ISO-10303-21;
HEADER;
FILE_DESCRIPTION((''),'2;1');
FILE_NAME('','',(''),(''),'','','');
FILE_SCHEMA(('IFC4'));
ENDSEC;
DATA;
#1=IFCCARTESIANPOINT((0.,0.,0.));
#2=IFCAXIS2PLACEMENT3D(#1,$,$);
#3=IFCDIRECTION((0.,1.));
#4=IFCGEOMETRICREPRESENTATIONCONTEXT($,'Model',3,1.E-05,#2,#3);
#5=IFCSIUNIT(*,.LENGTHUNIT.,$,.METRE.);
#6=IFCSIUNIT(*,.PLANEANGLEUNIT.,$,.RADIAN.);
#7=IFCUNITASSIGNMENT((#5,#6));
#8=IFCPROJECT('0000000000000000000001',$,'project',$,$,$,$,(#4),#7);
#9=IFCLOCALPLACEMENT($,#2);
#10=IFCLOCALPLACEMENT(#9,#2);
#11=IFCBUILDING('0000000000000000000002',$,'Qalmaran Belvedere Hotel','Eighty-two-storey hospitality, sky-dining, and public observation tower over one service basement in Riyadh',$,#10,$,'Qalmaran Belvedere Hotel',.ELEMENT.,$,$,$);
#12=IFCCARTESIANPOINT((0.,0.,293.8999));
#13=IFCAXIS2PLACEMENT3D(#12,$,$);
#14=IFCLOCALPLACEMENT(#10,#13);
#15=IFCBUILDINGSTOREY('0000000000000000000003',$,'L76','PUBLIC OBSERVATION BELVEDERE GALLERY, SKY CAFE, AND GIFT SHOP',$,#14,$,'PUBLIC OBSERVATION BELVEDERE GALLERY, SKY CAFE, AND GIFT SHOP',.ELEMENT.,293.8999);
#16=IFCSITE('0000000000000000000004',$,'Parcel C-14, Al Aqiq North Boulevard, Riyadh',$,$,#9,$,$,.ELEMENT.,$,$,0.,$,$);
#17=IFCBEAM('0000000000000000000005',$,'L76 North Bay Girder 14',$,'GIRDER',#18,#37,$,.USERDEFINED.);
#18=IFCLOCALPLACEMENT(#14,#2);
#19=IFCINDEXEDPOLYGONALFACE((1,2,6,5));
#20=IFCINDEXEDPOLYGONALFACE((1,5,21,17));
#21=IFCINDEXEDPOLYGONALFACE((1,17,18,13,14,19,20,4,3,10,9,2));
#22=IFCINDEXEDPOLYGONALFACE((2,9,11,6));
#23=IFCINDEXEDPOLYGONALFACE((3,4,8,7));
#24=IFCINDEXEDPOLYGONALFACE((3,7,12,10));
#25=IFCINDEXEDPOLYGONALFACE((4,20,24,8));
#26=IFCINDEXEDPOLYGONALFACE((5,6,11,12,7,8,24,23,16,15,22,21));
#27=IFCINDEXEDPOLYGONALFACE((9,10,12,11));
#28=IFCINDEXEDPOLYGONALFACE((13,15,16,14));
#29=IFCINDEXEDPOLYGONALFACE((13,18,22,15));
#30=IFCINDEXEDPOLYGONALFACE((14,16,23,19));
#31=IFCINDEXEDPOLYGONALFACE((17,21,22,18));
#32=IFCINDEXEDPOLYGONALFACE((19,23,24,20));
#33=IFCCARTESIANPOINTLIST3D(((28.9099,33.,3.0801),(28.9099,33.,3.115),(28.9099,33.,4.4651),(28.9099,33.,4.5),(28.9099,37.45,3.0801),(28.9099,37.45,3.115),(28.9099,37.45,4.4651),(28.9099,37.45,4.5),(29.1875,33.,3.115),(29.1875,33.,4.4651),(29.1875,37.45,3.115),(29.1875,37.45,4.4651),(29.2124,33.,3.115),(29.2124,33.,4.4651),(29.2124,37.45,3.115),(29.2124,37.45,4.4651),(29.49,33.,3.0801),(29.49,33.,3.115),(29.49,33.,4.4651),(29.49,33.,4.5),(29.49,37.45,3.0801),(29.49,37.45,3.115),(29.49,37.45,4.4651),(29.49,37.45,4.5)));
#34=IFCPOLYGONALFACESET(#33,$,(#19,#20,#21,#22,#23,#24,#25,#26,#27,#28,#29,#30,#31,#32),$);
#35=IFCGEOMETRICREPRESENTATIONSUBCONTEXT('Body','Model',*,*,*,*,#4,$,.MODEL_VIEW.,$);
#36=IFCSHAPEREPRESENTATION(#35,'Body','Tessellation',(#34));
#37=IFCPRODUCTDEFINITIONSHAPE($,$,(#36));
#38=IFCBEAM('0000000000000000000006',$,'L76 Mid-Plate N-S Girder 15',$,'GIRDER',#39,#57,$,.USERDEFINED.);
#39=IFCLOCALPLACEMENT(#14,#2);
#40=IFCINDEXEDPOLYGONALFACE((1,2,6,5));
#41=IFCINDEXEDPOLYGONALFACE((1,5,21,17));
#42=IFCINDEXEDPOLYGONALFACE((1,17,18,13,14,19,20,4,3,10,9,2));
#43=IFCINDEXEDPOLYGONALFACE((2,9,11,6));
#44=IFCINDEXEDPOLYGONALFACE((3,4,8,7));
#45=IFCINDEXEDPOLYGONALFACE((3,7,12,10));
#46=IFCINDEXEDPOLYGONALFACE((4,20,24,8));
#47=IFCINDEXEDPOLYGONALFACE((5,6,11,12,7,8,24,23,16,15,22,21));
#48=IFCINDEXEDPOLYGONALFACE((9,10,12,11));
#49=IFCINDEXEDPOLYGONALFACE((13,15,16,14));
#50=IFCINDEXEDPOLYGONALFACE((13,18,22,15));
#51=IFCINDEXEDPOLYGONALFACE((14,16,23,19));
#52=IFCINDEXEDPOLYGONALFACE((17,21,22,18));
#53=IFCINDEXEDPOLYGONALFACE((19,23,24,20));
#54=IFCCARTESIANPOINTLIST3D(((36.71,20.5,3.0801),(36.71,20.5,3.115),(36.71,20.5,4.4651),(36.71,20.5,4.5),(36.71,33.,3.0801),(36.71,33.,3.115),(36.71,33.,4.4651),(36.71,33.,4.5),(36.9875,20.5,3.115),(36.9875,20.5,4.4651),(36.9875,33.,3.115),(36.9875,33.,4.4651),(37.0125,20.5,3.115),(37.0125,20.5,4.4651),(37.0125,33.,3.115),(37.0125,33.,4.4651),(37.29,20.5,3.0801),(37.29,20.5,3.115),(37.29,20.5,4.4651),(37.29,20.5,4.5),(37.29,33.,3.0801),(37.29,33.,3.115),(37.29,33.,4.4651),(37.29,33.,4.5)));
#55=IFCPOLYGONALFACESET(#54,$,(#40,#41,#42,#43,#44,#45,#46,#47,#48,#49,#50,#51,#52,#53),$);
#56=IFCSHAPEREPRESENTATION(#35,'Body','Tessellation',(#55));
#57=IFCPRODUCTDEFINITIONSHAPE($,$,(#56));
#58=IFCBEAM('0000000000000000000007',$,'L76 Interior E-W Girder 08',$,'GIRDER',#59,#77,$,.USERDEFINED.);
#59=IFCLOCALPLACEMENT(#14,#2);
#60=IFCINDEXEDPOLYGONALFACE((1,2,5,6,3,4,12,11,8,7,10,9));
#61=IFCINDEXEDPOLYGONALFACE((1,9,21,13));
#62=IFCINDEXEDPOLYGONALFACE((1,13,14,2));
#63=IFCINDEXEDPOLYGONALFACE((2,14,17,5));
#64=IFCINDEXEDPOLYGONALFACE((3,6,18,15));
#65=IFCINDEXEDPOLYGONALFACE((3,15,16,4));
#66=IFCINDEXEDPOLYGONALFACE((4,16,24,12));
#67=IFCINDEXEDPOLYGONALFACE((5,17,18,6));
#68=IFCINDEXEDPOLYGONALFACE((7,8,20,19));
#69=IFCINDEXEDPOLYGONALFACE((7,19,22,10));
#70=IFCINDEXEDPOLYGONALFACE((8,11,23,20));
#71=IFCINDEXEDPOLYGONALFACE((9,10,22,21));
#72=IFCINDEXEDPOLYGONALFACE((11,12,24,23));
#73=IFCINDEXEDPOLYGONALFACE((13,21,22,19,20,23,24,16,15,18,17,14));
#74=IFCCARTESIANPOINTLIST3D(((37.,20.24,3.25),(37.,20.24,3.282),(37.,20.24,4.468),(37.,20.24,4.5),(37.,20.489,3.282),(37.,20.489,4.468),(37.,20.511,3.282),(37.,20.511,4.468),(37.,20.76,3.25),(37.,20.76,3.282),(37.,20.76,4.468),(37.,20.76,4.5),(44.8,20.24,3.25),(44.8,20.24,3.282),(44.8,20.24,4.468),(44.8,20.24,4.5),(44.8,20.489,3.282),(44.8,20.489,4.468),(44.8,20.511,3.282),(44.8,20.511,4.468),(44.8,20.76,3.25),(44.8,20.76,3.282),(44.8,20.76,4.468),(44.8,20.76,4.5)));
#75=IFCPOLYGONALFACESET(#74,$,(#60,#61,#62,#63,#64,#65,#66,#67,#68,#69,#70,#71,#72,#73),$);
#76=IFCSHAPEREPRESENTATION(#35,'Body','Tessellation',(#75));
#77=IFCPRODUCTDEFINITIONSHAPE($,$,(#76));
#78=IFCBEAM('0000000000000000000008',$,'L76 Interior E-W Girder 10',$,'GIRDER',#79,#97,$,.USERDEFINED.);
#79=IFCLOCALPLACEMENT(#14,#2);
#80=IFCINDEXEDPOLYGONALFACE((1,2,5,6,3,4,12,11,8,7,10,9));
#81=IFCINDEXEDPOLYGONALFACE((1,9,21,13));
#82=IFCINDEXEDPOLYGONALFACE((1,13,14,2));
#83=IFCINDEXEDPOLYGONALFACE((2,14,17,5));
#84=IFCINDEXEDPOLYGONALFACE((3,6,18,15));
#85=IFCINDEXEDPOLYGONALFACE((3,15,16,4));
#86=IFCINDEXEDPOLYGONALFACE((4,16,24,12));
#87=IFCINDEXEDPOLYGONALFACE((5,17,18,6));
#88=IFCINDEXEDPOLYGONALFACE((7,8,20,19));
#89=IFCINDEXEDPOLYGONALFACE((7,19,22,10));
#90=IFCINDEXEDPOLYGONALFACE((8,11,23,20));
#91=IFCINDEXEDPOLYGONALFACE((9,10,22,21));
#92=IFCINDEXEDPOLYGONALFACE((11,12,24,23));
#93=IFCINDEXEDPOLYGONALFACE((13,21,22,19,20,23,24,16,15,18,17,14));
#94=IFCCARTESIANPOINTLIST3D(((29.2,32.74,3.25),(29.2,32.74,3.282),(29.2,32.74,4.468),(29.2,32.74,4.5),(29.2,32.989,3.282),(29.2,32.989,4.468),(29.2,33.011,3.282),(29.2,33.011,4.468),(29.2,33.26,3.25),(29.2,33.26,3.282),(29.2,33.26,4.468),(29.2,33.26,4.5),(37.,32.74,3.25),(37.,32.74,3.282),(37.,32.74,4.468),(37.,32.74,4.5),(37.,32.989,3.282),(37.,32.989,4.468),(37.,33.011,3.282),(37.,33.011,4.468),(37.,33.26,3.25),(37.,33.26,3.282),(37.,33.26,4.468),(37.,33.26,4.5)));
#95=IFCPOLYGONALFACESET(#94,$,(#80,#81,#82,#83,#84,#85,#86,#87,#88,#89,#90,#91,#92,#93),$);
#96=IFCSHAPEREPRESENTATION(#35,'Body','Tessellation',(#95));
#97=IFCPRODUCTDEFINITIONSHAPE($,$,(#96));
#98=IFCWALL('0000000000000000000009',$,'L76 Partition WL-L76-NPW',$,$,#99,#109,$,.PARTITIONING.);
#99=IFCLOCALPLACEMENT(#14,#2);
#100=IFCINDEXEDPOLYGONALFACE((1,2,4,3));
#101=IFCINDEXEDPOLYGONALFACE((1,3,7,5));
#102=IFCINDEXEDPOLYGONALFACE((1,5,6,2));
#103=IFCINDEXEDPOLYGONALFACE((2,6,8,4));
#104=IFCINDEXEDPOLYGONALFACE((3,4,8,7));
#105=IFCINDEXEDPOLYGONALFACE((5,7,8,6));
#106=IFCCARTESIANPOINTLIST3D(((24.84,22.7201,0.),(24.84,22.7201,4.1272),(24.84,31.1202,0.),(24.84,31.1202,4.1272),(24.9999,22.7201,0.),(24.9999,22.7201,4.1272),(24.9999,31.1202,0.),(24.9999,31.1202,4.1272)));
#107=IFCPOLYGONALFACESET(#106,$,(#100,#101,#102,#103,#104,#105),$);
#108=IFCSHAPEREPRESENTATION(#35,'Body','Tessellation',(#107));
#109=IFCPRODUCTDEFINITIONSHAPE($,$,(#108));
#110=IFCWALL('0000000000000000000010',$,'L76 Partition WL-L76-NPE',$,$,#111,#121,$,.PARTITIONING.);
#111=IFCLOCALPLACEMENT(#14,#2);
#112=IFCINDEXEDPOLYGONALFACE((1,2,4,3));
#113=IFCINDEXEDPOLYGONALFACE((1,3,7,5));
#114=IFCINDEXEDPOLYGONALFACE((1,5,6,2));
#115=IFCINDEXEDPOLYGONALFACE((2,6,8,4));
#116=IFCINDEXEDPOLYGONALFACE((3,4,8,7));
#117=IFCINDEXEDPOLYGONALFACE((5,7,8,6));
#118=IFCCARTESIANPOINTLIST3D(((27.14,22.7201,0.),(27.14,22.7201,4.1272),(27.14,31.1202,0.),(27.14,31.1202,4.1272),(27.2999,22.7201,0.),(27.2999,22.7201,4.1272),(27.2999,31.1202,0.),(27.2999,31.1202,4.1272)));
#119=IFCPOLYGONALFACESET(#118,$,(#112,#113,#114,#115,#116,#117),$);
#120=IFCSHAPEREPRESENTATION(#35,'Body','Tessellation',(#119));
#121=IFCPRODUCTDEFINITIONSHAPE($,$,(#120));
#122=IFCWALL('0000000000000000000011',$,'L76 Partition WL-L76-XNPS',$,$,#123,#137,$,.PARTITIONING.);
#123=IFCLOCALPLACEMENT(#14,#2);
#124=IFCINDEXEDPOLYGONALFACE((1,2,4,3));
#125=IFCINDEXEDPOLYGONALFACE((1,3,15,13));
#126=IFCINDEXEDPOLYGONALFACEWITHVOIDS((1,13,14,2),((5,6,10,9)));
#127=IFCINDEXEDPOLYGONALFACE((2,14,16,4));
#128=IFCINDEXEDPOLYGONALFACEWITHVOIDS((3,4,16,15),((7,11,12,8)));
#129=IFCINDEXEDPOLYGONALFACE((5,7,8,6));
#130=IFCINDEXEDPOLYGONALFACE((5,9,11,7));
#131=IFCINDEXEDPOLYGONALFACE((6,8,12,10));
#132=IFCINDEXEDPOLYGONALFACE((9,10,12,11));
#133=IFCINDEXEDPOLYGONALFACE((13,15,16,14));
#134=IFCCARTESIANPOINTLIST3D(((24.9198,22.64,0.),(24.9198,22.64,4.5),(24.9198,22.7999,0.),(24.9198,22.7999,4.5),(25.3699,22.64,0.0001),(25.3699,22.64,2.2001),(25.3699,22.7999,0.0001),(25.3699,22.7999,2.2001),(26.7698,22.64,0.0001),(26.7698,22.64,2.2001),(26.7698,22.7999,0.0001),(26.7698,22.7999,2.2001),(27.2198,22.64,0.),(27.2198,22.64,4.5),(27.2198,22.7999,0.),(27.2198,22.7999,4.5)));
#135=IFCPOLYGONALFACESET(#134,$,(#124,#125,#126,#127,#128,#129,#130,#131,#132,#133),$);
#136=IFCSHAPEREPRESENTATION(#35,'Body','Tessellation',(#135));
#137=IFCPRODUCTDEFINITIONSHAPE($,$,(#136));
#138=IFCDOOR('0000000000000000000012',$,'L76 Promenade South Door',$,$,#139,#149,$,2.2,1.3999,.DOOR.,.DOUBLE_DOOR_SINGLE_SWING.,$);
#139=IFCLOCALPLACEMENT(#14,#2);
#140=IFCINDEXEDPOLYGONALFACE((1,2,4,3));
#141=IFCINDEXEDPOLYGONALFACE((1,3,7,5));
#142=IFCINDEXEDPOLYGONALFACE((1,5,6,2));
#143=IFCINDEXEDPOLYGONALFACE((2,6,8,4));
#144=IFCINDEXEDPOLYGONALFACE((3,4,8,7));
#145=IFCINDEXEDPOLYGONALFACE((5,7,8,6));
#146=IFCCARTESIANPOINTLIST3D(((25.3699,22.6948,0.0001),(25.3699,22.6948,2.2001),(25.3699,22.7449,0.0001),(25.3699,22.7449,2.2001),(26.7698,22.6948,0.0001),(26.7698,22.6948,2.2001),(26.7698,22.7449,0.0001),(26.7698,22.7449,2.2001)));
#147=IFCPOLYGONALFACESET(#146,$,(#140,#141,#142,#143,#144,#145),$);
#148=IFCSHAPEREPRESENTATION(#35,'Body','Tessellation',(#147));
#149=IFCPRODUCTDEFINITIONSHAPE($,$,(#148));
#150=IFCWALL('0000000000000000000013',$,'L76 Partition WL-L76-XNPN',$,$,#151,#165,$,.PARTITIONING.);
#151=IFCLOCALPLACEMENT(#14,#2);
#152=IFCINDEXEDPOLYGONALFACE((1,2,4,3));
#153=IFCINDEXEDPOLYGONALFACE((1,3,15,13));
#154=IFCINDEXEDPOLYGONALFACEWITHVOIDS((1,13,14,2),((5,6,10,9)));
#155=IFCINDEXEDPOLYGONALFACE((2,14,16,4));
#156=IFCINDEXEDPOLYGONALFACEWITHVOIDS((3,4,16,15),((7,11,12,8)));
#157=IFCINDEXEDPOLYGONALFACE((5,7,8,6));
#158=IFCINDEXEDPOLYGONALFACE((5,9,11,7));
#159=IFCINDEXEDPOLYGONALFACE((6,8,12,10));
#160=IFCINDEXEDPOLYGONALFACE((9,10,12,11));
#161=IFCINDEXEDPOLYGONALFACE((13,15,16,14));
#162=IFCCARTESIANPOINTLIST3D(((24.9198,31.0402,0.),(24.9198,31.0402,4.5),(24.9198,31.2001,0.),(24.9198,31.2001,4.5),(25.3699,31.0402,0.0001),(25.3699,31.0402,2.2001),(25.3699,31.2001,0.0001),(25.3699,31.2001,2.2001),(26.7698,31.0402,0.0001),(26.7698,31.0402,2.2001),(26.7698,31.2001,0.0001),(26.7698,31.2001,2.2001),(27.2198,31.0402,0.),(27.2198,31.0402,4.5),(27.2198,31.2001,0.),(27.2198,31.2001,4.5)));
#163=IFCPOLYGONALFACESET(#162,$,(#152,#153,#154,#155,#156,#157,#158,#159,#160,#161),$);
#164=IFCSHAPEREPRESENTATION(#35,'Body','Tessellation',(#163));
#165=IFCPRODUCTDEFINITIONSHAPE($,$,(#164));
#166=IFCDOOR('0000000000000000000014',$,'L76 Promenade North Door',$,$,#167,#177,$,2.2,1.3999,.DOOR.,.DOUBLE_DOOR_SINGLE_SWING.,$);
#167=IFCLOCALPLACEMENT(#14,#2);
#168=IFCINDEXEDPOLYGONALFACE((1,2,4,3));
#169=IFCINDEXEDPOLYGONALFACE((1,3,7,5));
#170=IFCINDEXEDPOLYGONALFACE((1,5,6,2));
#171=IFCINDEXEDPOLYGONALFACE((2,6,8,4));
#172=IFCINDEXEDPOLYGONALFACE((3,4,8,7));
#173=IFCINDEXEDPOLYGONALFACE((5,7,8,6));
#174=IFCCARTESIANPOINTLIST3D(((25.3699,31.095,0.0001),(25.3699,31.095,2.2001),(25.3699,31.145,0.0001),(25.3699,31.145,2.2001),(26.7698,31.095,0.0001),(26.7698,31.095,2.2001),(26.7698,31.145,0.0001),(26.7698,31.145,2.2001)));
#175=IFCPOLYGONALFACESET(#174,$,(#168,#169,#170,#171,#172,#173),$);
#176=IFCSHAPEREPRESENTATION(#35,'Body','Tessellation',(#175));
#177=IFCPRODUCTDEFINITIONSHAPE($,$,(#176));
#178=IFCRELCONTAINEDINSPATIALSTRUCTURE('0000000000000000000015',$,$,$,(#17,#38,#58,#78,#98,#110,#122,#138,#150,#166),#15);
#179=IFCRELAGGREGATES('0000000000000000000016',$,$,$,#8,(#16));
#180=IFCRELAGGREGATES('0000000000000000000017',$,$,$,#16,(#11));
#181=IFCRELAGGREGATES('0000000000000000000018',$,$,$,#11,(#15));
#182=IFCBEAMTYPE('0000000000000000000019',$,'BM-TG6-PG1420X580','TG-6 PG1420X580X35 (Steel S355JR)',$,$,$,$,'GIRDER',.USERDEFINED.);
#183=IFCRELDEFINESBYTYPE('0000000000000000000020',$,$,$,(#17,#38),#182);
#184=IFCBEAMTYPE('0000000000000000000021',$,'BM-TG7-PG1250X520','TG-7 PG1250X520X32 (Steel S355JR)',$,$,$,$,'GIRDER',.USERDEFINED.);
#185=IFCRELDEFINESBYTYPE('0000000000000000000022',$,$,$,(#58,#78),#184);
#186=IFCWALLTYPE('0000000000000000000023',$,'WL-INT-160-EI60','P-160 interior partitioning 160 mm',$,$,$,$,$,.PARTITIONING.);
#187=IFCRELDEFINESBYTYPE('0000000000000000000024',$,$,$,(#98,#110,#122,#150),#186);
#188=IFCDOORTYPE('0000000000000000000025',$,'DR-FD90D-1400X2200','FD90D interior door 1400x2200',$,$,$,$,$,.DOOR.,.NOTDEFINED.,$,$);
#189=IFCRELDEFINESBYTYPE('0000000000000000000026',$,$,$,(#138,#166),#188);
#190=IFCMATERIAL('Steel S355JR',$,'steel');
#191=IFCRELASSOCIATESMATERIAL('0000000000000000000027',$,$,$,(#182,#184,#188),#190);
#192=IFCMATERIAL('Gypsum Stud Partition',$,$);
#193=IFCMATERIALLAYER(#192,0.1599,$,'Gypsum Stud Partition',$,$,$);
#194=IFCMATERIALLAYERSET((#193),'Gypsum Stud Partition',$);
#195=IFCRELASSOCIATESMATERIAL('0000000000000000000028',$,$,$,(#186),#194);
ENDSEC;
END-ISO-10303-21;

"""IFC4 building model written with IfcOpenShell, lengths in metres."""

from ifc_helpers import new_model, si_unit, direction, frame, frame_2d, origin, origin_2d, place, context, subcontext, project, spatial, rectangle, i_section, extrude, material, layer, layer_set, material_profile, profile_set, type_object, element, fill, save


model = new_model("IFC4")

# Units and contexts
model_context = context("Model", 3, precision=1e-05, world=origin(), true_north=direction((0.0, 1.0)))
body_context = subcontext(model_context, "Body", "Model", "MODEL_VIEW")
ifc_project = project(units=[si_unit("LENGTHUNIT", "METRE"), si_unit("PLANEANGLEUNIT", "RADIAN")], contexts=[model_context])

# Site, building, storey
site_placement = place(None, origin())
site = spatial("IfcSite", under=ifc_project, at=site_placement, Name="Parcel C-14, Al Aqiq North Boulevard, Riyadh", CompositionType="ELEMENT", RefElevation=0.0)
building_placement = place(site_placement, origin())
building = spatial("IfcBuilding", under=site, at=building_placement, Name="Qalmaran Belvedere Hotel", Description="Eighty-two-storey hospitality, sky-dining, and public observation tower over one service basement in Riyadh", LongName="Qalmaran Belvedere Hotel", CompositionType="ELEMENT")
storey_placement = place(building_placement, frame((0.0, 0.0, 293.8999)))
storey = spatial("IfcBuildingStorey", under=building, at=storey_placement, Name="L76", Description="PUBLIC OBSERVATION BELVEDERE GALLERY, SKY CAFE, AND GIFT SHOP", LongName="PUBLIC OBSERVATION BELVEDERE GALLERY, SKY CAFE, AND GIFT SHOP", CompositionType="ELEMENT", Elevation=293.8999)

# Beams
ifc_material_1 = material(Name="Steel S355JR", Category="steel")
ifc_material_profile_1 = material_profile(ifc_material_1, i_section(OverallWidth=0.5801, OverallDepth=1.4199, WebThickness=0.0249, FlangeThickness=0.0349, at=origin_2d()), Name="PG1420X580X35")
ifc_profile_set_1 = profile_set([ifc_material_profile_1], Name="Steel S355JR")
beam_type_1 = type_object("IfcBeamType", Name="BM-TG6-PG1420X580", Description="TG-6 PG1420X580X35 (Steel S355JR)", ElementType="GIRDER", PredefinedType="USERDEFINED", material=ifc_profile_set_1)
beam_1_placement = place(storey_placement, frame((29.2, 33.0, 3.79), z_axis=(0.0, 1.0, 0.0), x_axis=(-1.0, 0.0, 0.0)))
element("IfcBeam", 1, at=beam_1_placement, inside=storey, type_object=beam_type_1, Name="L76 North Bay Girder 14", ObjectType="GIRDER", PredefinedType="USERDEFINED", context=body_context, shape_type="SweptSolid", body=[
    extrude(i_section(OverallWidth=0.5801, OverallDepth=1.4199, WebThickness=0.0249, FlangeThickness=0.0349, at=origin_2d()), origin(), (0.0, 0.0, 1.0), 4.45),
])
beam_2_placement = place(storey_placement, frame((37.0, 20.5, 3.79), z_axis=(0.0, 1.0, 0.0), x_axis=(-1.0, 0.0, 0.0)))
element("IfcBeam", 2, at=beam_2_placement, inside=storey, type_object=beam_type_1, Name="L76 Mid-Plate N-S Girder 15", ObjectType="GIRDER", PredefinedType="USERDEFINED", context=body_context, shape_type="SweptSolid", body=[
    extrude(i_section(OverallWidth=0.5801, OverallDepth=1.4199, WebThickness=0.0249, FlangeThickness=0.0349, at=origin_2d()), origin(), (0.0, 0.0, 1.0), 12.5),
])
ifc_material_profile_2 = material_profile(ifc_material_1, i_section(OverallWidth=0.52, OverallDepth=1.25, WebThickness=0.022, FlangeThickness=0.032, at=origin_2d()), Name="PG1250X520X32")
ifc_profile_set_2 = profile_set([ifc_material_profile_2], Name="Steel S355JR")
beam_type_2 = type_object("IfcBeamType", Name="BM-TG7-PG1250X520", Description="TG-7 PG1250X520X32 (Steel S355JR)", ElementType="GIRDER", PredefinedType="USERDEFINED", material=ifc_profile_set_2)
for number, where, z_axis, x_axis, name in (
    (3, (37.0, 20.5, 3.875), (1.0, 0.0, 0.0), (0.0, 1.0, 0.0), "L76 Interior E-W Girder 08"),
    (4, (29.2, 33.0, 3.875), (1.0, 0.0, 0.0), (0.0, 1.0, 0.0), "L76 Interior E-W Girder 10"),
):
    element("IfcBeam", number, at=place(storey_placement, frame(where, z_axis=z_axis, x_axis=x_axis)), inside=storey, type_object=beam_type_2, Name=name, ObjectType="GIRDER", PredefinedType="USERDEFINED", context=body_context, shape_type="SweptSolid", body=[
        extrude(i_section(OverallWidth=0.52, OverallDepth=1.25, WebThickness=0.022, FlangeThickness=0.032, at=origin_2d()), origin(), (0.0, 0.0, 1.0), 7.8),
    ])

# Walls
ifc_material_2 = material(Name="Gypsum Stud Partition")
ifc_layer_1 = layer(ifc_material_2, 0.1599, Name="Gypsum Stud Partition")
ifc_layer_set_1 = layer_set([ifc_layer_1], Name="Gypsum Stud Partition")
wall_type_1 = type_object("IfcWallType", Name="WL-INT-160-EI60", Description="P-160 interior partitioning 160 mm", PredefinedType="PARTITIONING", material=ifc_layer_set_1)
for number, where, z_axis, x_axis, name in (
    (5, (24.9199, 22.72, 0.0), (0.0, 0.0, 1.0), (0.0, 1.0, 0.0), "L76 Partition WL-L76-NPW"),
    (6, (27.22, 22.72, 0.0), (0.0, 0.0, 1.0), (0.0, 1.0, 0.0), "L76 Partition WL-L76-NPE"),
):
    element("IfcWall", number, at=place(storey_placement, frame(where, z_axis=z_axis, x_axis=x_axis)), inside=storey, type_object=wall_type_1, Name=name, PredefinedType="PARTITIONING", context=body_context, shape_type="SweptSolid", body=[
        extrude(rectangle(XDim=8.4001, YDim=0.1599, at=frame_2d((4.2002, 0.0))), origin(), (0.0, 0.0, 1.0), 4.1272),
    ])

# Walls, openings, doors
wall_1_placement = place(storey_placement, frame((24.9199, 22.72, 0.0), z_axis=(0.0, 0.0, 1.0), x_axis=(1.0, 0.0, 0.0)))
wall_1 = element("IfcWall", 7, at=wall_1_placement, inside=storey, type_object=wall_type_1, Name="L76 Partition WL-L76-XNPS", PredefinedType="PARTITIONING", context=body_context, shape_type="SweptSolid", body=[
    extrude(rectangle(XDim=2.3, YDim=0.1599, at=frame_2d((1.1499, 0.0))), origin(), (0.0, 0.0, 1.0), 4.5),
])
opening_1_placement = place(wall_1_placement, frame((0.45, 0.0, 0.0)))
opening_1 = element("IfcOpeningElement", 8, at=opening_1_placement, cuts=wall_1, PredefinedType="OPENING", context=body_context, shape_type="SweptSolid", body=[
    extrude(rectangle(XDim=1.3999, YDim=2.2, at=frame_2d((0.7, 1.1001))), frame((0.0, 0.0898, 0.0), z_axis=(0.0, -1.0, 0.0), x_axis=(1.0, 0.0, 0.0)), (0.0, 0.0, 1.0), 0.1799),
])
door_type_1 = type_object("IfcDoorType", Name="DR-FD90D-1400X2200", Description="FD90D interior door 1400x2200", OperationType="NOTDEFINED", PredefinedType="DOOR", material=ifc_material_1)
door_1_placement = place(opening_1_placement, origin())
door_1 = element("IfcDoor", 9, at=door_1_placement, inside=storey, type_object=door_type_1, Name="L76 Promenade South Door", OperationType="DOUBLE_DOOR_SINGLE_SWING", OverallHeight=2.2, OverallWidth=1.3999, PredefinedType="DOOR", context=body_context, shape_type="SweptSolid", body=[
    extrude(rectangle(XDim=1.3999, YDim=2.2, at=frame_2d((0.7, 1.1001))), frame((0.0, 0.0249, 0.0), z_axis=(0.0, -1.0, 0.0), x_axis=(1.0, 0.0, 0.0)), (0.0, 0.0, 1.0), 0.05),
])
fill(opening_1, door_1)
wall_2_placement = place(storey_placement, frame((24.9199, 31.1201, 0.0), z_axis=(0.0, 0.0, 1.0), x_axis=(1.0, 0.0, 0.0)))
wall_2 = element("IfcWall", 10, at=wall_2_placement, inside=storey, type_object=wall_type_1, Name="L76 Partition WL-L76-XNPN", PredefinedType="PARTITIONING", context=body_context, shape_type="SweptSolid", body=[
    extrude(rectangle(XDim=2.3, YDim=0.1599, at=frame_2d((1.1499, 0.0))), origin(), (0.0, 0.0, 1.0), 4.5),
])
opening_2_placement = place(wall_2_placement, frame((0.45, 0.0, 0.0)))
opening_2 = element("IfcOpeningElement", 11, at=opening_2_placement, cuts=wall_2, PredefinedType="OPENING", context=body_context, shape_type="SweptSolid", body=[
    extrude(rectangle(XDim=1.3999, YDim=2.2, at=frame_2d((0.7, 1.1001))), frame((0.0, 0.0898, 0.0), z_axis=(0.0, -1.0, 0.0), x_axis=(1.0, 0.0, 0.0)), (0.0, 0.0, 1.0), 0.1799),
])
door_2_placement = place(opening_2_placement, origin())
door_2 = element("IfcDoor", 12, at=door_2_placement, inside=storey, type_object=door_type_1, Name="L76 Promenade North Door", OperationType="DOUBLE_DOOR_SINGLE_SWING", OverallHeight=2.2, OverallWidth=1.3999, PredefinedType="DOOR", context=body_context, shape_type="SweptSolid", body=[
    extrude(rectangle(XDim=1.3999, YDim=2.2, at=frame_2d((0.7, 1.1001))), frame((0.0, 0.0249, 0.0), z_axis=(0.0, -1.0, 0.0), x_axis=(1.0, 0.0, 0.0)), (0.0, 0.0, 1.0), 0.05),
])
fill(opening_2, door_2)

save(model, "model.ifc")
